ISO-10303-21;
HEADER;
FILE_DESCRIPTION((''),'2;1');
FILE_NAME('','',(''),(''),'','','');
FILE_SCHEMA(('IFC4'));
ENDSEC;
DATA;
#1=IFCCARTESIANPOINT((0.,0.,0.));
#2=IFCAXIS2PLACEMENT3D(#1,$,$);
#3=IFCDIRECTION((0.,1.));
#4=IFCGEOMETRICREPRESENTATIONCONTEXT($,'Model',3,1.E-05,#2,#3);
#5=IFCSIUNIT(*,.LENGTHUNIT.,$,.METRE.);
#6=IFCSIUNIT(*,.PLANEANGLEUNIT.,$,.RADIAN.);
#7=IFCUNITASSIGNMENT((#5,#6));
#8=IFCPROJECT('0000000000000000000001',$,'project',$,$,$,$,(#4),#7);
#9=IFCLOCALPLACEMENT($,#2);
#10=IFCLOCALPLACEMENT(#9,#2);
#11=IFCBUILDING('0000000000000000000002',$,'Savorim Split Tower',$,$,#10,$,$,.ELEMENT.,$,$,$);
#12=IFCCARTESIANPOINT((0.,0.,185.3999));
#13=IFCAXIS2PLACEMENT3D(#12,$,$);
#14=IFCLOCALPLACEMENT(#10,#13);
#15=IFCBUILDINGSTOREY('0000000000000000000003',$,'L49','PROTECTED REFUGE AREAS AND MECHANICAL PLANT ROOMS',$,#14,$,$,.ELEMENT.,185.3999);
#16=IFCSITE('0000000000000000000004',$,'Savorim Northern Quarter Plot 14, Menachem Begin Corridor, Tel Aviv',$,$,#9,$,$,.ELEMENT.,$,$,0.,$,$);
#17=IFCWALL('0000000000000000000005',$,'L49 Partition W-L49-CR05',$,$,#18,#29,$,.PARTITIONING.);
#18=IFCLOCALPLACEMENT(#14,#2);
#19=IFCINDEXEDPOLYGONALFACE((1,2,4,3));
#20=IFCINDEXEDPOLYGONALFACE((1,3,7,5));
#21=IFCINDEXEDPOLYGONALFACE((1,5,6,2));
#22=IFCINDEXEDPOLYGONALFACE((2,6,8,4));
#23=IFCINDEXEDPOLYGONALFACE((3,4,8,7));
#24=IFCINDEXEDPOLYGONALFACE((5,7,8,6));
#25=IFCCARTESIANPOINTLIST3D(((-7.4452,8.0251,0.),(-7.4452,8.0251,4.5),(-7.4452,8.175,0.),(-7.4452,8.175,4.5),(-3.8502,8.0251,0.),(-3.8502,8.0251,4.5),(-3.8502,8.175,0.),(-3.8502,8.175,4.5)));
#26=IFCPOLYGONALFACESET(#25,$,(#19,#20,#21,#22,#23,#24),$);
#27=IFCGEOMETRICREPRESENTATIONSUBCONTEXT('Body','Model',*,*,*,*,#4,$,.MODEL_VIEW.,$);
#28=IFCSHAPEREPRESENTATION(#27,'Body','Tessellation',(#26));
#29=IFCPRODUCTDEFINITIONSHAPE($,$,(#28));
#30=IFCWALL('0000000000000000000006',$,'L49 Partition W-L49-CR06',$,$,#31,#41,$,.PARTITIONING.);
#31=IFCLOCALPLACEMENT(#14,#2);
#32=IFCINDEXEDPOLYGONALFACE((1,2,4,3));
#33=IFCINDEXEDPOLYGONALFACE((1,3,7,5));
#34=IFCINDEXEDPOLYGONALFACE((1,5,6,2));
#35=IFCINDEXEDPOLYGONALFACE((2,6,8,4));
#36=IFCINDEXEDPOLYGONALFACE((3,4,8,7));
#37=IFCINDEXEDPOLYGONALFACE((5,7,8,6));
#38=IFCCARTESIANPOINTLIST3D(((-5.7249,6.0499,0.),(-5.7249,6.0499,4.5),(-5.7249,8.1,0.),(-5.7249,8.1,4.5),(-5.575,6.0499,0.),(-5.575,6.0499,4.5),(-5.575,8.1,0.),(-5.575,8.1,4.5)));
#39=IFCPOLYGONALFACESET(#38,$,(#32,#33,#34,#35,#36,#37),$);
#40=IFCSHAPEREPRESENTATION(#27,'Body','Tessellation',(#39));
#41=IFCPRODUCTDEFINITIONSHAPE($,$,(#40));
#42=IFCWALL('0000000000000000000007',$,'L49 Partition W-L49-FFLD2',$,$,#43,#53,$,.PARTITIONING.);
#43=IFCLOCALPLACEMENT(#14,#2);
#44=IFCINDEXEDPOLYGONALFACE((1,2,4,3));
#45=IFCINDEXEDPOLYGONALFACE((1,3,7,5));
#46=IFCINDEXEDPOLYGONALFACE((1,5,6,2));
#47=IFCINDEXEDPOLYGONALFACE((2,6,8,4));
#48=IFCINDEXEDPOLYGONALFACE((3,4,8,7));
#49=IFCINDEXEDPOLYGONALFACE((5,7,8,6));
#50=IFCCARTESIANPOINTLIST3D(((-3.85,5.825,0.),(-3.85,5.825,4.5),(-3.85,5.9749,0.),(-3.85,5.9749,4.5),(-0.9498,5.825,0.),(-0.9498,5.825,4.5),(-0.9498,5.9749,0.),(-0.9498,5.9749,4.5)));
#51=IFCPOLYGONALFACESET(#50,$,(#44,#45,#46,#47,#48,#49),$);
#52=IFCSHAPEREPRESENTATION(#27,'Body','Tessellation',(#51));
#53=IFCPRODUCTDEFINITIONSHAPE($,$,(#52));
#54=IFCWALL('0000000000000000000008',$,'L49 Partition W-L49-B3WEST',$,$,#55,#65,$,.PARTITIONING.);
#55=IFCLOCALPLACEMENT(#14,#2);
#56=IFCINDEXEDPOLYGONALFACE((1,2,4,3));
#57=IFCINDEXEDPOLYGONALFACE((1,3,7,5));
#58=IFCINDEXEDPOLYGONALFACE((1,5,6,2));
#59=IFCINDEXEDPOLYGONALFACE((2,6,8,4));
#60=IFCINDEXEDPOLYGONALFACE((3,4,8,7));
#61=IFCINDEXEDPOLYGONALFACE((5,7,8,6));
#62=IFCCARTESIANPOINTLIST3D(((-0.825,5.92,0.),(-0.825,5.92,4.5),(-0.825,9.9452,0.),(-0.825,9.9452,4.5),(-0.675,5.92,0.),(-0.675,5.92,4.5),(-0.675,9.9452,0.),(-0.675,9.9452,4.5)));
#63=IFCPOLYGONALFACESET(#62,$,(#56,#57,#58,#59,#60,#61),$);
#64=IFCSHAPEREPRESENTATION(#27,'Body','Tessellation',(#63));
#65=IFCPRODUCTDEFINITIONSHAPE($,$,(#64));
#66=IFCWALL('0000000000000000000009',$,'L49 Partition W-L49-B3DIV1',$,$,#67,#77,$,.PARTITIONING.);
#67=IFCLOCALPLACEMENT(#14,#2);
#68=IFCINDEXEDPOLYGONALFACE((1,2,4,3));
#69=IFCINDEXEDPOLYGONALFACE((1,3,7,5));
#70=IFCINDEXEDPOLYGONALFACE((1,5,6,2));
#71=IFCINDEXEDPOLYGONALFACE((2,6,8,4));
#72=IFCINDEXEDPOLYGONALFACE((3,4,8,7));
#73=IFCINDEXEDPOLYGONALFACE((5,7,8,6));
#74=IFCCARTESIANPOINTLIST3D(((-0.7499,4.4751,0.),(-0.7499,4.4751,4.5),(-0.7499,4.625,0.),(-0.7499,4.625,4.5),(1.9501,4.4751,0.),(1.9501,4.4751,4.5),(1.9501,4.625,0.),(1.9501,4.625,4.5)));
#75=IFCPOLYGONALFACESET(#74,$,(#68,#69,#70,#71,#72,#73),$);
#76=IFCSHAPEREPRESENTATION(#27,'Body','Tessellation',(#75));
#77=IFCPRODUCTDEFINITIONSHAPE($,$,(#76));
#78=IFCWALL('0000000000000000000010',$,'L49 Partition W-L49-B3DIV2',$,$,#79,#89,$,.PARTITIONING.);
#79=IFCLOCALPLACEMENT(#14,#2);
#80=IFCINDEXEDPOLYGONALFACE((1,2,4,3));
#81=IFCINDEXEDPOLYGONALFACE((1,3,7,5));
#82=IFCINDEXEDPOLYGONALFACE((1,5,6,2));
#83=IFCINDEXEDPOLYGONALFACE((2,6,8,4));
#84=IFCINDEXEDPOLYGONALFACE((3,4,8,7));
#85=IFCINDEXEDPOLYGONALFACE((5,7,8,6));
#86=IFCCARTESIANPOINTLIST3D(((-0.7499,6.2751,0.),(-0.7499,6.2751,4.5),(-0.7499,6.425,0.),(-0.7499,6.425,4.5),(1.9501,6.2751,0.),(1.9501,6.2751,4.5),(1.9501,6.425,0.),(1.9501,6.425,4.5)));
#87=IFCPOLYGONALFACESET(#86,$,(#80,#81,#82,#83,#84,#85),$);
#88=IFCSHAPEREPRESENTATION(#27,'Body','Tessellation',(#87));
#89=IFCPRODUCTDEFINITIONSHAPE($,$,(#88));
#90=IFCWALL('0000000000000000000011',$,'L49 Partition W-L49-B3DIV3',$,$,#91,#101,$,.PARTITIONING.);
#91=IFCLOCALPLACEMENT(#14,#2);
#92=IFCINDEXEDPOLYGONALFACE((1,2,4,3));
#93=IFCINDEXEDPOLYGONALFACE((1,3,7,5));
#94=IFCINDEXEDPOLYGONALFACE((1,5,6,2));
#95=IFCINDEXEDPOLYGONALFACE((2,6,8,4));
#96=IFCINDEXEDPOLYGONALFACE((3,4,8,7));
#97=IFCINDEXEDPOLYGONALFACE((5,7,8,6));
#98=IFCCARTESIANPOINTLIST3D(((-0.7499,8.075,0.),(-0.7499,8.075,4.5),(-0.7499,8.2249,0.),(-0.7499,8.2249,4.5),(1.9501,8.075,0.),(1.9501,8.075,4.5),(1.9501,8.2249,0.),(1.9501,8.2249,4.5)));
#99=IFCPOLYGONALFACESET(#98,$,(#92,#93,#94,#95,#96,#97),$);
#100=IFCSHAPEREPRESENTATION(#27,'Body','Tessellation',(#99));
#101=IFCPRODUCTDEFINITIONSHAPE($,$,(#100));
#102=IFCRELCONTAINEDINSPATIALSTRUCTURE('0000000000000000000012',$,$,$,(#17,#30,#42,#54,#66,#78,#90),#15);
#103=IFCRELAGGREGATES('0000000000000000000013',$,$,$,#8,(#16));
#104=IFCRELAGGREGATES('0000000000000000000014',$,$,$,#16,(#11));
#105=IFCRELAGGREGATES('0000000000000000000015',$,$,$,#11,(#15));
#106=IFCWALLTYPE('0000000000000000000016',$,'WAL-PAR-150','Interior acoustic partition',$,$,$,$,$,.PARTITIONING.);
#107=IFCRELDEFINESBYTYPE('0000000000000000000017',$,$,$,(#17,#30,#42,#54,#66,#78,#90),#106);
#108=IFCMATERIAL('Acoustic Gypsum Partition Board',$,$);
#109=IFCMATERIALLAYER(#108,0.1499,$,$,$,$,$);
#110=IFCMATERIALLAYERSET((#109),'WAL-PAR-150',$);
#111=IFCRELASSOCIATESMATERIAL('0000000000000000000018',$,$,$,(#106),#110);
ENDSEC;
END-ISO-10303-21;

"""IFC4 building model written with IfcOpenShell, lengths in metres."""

from ifc_helpers import new_model, si_unit, direction, frame, frame_2d, origin, place, context, subcontext, project, spatial, rectangle, extrude, material, layer, layer_set, type_object, element, save


model = new_model("IFC4")

# Units and contexts
model_context = context("Model", 3, precision=1e-05, world=origin(), true_north=direction((0.0, 1.0)))
body_context = subcontext(model_context, "Body", "Model", "MODEL_VIEW")
ifc_project = project(units=[si_unit("LENGTHUNIT", "METRE"), si_unit("PLANEANGLEUNIT", "RADIAN")], contexts=[model_context])

# Site, building, storey
site_placement = place(None, origin())
site = spatial("IfcSite", under=ifc_project, at=site_placement, Name="Savorim Northern Quarter Plot 14, Menachem Begin Corridor, Tel Aviv", CompositionType="ELEMENT", RefElevation=0.0)
building_placement = place(site_placement, origin())
building = spatial("IfcBuilding", under=site, at=building_placement, Name="Savorim Split Tower", CompositionType="ELEMENT")
storey_placement = place(building_placement, frame((0.0, 0.0, 185.3999)))
storey = spatial("IfcBuildingStorey", under=building, at=storey_placement, Name="L49", Description="PROTECTED REFUGE AREAS AND MECHANICAL PLANT ROOMS", CompositionType="ELEMENT", Elevation=185.3999)

# Walls
ifc_material_1 = material(Name="Acoustic Gypsum Partition Board")
ifc_layer_1 = layer(ifc_material_1, 0.1499)
ifc_layer_set_1 = layer_set([ifc_layer_1], Name="WAL-PAR-150")
wall_type_1 = type_object("IfcWallType", Name="WAL-PAR-150", Description="Interior acoustic partition", PredefinedType="PARTITIONING", material=ifc_layer_set_1)
wall_1_placement = place(storey_placement, frame((-7.4451, 8.1001, 0.0), z_axis=(0.0, 0.0, 1.0), x_axis=(1.0, 0.0, 0.0)))
element("IfcWall", 1, at=wall_1_placement, inside=storey, type_object=wall_type_1, Name="L49 Partition W-L49-CR05", PredefinedType="PARTITIONING", context=body_context, shape_type="SweptSolid", body=[
    extrude(rectangle(XDim=3.595, YDim=0.1499, at=frame_2d((1.7974, 0.0))), origin(), (0.0, 0.0, 1.0), 4.5),
])
wall_2_placement = place(storey_placement, frame((-5.6499, 6.05, 0.0), z_axis=(0.0, 0.0, 1.0), x_axis=(0.0, 1.0, 0.0)))
element("IfcWall", 2, at=wall_2_placement, inside=storey, type_object=wall_type_1, Name="L49 Partition W-L49-CR06", PredefinedType="PARTITIONING", context=body_context, shape_type="SweptSolid", body=[
    extrude(rectangle(XDim=2.05, YDim=0.1499, at=frame_2d((1.0249, 0.0))), origin(), (0.0, 0.0, 1.0), 4.5),
])
wall_3_placement = place(storey_placement, frame((-3.8501, 5.8999, 0.0), z_axis=(0.0, 0.0, 1.0), x_axis=(1.0, 0.0, 0.0)))
element("IfcWall", 3, at=wall_3_placement, inside=storey, type_object=wall_type_1, Name="L49 Partition W-L49-FFLD2", PredefinedType="PARTITIONING", context=body_context, shape_type="SweptSolid", body=[
    extrude(rectangle(XDim=2.9001, YDim=0.1499, at=frame_2d((1.4502, 0.0))), origin(), (0.0, 0.0, 1.0), 4.5),
])
wall_4_placement = place(storey_placement, frame((-0.75, 5.9199, 0.0), z_axis=(0.0, 0.0, 1.0), x_axis=(0.0, 1.0, 0.0)))
element("IfcWall", 4, at=wall_4_placement, inside=storey, type_object=wall_type_1, Name="L49 Partition W-L49-B3WEST", PredefinedType="PARTITIONING", context=body_context, shape_type="SweptSolid", body=[
    extrude(rectangle(XDim=4.0251, YDim=0.1499, at=frame_2d((2.0127, 0.0))), origin(), (0.0, 0.0, 1.0), 4.5),
])
for number, where, z_axis, x_axis, name in (
    (5, (-0.75, 4.55, 0.0), (0.0, 0.0, 1.0), (1.0, 0.0, 0.0), "L49 Partition W-L49-B3DIV1"),
    (6, (-0.75, 6.3501, 0.0), (0.0, 0.0, 1.0), (1.0, 0.0, 0.0), "L49 Partition W-L49-B3DIV2"),
    (7, (-0.75, 8.1499, 0.0), (0.0, 0.0, 1.0), (1.0, 0.0, 0.0), "L49 Partition W-L49-B3DIV3"),
):
    element("IfcWall", number, at=place(storey_placement, frame(where, z_axis=z_axis, x_axis=x_axis)), inside=storey, type_object=wall_type_1, Name=name, PredefinedType="PARTITIONING", context=body_context, shape_type="SweptSolid", body=[
        extrude(rectangle(XDim=2.7, YDim=0.1499, at=frame_2d((1.3501, 0.0))), origin(), (0.0, 0.0, 1.0), 4.5),
    ])

save(model, "model.ifc")
